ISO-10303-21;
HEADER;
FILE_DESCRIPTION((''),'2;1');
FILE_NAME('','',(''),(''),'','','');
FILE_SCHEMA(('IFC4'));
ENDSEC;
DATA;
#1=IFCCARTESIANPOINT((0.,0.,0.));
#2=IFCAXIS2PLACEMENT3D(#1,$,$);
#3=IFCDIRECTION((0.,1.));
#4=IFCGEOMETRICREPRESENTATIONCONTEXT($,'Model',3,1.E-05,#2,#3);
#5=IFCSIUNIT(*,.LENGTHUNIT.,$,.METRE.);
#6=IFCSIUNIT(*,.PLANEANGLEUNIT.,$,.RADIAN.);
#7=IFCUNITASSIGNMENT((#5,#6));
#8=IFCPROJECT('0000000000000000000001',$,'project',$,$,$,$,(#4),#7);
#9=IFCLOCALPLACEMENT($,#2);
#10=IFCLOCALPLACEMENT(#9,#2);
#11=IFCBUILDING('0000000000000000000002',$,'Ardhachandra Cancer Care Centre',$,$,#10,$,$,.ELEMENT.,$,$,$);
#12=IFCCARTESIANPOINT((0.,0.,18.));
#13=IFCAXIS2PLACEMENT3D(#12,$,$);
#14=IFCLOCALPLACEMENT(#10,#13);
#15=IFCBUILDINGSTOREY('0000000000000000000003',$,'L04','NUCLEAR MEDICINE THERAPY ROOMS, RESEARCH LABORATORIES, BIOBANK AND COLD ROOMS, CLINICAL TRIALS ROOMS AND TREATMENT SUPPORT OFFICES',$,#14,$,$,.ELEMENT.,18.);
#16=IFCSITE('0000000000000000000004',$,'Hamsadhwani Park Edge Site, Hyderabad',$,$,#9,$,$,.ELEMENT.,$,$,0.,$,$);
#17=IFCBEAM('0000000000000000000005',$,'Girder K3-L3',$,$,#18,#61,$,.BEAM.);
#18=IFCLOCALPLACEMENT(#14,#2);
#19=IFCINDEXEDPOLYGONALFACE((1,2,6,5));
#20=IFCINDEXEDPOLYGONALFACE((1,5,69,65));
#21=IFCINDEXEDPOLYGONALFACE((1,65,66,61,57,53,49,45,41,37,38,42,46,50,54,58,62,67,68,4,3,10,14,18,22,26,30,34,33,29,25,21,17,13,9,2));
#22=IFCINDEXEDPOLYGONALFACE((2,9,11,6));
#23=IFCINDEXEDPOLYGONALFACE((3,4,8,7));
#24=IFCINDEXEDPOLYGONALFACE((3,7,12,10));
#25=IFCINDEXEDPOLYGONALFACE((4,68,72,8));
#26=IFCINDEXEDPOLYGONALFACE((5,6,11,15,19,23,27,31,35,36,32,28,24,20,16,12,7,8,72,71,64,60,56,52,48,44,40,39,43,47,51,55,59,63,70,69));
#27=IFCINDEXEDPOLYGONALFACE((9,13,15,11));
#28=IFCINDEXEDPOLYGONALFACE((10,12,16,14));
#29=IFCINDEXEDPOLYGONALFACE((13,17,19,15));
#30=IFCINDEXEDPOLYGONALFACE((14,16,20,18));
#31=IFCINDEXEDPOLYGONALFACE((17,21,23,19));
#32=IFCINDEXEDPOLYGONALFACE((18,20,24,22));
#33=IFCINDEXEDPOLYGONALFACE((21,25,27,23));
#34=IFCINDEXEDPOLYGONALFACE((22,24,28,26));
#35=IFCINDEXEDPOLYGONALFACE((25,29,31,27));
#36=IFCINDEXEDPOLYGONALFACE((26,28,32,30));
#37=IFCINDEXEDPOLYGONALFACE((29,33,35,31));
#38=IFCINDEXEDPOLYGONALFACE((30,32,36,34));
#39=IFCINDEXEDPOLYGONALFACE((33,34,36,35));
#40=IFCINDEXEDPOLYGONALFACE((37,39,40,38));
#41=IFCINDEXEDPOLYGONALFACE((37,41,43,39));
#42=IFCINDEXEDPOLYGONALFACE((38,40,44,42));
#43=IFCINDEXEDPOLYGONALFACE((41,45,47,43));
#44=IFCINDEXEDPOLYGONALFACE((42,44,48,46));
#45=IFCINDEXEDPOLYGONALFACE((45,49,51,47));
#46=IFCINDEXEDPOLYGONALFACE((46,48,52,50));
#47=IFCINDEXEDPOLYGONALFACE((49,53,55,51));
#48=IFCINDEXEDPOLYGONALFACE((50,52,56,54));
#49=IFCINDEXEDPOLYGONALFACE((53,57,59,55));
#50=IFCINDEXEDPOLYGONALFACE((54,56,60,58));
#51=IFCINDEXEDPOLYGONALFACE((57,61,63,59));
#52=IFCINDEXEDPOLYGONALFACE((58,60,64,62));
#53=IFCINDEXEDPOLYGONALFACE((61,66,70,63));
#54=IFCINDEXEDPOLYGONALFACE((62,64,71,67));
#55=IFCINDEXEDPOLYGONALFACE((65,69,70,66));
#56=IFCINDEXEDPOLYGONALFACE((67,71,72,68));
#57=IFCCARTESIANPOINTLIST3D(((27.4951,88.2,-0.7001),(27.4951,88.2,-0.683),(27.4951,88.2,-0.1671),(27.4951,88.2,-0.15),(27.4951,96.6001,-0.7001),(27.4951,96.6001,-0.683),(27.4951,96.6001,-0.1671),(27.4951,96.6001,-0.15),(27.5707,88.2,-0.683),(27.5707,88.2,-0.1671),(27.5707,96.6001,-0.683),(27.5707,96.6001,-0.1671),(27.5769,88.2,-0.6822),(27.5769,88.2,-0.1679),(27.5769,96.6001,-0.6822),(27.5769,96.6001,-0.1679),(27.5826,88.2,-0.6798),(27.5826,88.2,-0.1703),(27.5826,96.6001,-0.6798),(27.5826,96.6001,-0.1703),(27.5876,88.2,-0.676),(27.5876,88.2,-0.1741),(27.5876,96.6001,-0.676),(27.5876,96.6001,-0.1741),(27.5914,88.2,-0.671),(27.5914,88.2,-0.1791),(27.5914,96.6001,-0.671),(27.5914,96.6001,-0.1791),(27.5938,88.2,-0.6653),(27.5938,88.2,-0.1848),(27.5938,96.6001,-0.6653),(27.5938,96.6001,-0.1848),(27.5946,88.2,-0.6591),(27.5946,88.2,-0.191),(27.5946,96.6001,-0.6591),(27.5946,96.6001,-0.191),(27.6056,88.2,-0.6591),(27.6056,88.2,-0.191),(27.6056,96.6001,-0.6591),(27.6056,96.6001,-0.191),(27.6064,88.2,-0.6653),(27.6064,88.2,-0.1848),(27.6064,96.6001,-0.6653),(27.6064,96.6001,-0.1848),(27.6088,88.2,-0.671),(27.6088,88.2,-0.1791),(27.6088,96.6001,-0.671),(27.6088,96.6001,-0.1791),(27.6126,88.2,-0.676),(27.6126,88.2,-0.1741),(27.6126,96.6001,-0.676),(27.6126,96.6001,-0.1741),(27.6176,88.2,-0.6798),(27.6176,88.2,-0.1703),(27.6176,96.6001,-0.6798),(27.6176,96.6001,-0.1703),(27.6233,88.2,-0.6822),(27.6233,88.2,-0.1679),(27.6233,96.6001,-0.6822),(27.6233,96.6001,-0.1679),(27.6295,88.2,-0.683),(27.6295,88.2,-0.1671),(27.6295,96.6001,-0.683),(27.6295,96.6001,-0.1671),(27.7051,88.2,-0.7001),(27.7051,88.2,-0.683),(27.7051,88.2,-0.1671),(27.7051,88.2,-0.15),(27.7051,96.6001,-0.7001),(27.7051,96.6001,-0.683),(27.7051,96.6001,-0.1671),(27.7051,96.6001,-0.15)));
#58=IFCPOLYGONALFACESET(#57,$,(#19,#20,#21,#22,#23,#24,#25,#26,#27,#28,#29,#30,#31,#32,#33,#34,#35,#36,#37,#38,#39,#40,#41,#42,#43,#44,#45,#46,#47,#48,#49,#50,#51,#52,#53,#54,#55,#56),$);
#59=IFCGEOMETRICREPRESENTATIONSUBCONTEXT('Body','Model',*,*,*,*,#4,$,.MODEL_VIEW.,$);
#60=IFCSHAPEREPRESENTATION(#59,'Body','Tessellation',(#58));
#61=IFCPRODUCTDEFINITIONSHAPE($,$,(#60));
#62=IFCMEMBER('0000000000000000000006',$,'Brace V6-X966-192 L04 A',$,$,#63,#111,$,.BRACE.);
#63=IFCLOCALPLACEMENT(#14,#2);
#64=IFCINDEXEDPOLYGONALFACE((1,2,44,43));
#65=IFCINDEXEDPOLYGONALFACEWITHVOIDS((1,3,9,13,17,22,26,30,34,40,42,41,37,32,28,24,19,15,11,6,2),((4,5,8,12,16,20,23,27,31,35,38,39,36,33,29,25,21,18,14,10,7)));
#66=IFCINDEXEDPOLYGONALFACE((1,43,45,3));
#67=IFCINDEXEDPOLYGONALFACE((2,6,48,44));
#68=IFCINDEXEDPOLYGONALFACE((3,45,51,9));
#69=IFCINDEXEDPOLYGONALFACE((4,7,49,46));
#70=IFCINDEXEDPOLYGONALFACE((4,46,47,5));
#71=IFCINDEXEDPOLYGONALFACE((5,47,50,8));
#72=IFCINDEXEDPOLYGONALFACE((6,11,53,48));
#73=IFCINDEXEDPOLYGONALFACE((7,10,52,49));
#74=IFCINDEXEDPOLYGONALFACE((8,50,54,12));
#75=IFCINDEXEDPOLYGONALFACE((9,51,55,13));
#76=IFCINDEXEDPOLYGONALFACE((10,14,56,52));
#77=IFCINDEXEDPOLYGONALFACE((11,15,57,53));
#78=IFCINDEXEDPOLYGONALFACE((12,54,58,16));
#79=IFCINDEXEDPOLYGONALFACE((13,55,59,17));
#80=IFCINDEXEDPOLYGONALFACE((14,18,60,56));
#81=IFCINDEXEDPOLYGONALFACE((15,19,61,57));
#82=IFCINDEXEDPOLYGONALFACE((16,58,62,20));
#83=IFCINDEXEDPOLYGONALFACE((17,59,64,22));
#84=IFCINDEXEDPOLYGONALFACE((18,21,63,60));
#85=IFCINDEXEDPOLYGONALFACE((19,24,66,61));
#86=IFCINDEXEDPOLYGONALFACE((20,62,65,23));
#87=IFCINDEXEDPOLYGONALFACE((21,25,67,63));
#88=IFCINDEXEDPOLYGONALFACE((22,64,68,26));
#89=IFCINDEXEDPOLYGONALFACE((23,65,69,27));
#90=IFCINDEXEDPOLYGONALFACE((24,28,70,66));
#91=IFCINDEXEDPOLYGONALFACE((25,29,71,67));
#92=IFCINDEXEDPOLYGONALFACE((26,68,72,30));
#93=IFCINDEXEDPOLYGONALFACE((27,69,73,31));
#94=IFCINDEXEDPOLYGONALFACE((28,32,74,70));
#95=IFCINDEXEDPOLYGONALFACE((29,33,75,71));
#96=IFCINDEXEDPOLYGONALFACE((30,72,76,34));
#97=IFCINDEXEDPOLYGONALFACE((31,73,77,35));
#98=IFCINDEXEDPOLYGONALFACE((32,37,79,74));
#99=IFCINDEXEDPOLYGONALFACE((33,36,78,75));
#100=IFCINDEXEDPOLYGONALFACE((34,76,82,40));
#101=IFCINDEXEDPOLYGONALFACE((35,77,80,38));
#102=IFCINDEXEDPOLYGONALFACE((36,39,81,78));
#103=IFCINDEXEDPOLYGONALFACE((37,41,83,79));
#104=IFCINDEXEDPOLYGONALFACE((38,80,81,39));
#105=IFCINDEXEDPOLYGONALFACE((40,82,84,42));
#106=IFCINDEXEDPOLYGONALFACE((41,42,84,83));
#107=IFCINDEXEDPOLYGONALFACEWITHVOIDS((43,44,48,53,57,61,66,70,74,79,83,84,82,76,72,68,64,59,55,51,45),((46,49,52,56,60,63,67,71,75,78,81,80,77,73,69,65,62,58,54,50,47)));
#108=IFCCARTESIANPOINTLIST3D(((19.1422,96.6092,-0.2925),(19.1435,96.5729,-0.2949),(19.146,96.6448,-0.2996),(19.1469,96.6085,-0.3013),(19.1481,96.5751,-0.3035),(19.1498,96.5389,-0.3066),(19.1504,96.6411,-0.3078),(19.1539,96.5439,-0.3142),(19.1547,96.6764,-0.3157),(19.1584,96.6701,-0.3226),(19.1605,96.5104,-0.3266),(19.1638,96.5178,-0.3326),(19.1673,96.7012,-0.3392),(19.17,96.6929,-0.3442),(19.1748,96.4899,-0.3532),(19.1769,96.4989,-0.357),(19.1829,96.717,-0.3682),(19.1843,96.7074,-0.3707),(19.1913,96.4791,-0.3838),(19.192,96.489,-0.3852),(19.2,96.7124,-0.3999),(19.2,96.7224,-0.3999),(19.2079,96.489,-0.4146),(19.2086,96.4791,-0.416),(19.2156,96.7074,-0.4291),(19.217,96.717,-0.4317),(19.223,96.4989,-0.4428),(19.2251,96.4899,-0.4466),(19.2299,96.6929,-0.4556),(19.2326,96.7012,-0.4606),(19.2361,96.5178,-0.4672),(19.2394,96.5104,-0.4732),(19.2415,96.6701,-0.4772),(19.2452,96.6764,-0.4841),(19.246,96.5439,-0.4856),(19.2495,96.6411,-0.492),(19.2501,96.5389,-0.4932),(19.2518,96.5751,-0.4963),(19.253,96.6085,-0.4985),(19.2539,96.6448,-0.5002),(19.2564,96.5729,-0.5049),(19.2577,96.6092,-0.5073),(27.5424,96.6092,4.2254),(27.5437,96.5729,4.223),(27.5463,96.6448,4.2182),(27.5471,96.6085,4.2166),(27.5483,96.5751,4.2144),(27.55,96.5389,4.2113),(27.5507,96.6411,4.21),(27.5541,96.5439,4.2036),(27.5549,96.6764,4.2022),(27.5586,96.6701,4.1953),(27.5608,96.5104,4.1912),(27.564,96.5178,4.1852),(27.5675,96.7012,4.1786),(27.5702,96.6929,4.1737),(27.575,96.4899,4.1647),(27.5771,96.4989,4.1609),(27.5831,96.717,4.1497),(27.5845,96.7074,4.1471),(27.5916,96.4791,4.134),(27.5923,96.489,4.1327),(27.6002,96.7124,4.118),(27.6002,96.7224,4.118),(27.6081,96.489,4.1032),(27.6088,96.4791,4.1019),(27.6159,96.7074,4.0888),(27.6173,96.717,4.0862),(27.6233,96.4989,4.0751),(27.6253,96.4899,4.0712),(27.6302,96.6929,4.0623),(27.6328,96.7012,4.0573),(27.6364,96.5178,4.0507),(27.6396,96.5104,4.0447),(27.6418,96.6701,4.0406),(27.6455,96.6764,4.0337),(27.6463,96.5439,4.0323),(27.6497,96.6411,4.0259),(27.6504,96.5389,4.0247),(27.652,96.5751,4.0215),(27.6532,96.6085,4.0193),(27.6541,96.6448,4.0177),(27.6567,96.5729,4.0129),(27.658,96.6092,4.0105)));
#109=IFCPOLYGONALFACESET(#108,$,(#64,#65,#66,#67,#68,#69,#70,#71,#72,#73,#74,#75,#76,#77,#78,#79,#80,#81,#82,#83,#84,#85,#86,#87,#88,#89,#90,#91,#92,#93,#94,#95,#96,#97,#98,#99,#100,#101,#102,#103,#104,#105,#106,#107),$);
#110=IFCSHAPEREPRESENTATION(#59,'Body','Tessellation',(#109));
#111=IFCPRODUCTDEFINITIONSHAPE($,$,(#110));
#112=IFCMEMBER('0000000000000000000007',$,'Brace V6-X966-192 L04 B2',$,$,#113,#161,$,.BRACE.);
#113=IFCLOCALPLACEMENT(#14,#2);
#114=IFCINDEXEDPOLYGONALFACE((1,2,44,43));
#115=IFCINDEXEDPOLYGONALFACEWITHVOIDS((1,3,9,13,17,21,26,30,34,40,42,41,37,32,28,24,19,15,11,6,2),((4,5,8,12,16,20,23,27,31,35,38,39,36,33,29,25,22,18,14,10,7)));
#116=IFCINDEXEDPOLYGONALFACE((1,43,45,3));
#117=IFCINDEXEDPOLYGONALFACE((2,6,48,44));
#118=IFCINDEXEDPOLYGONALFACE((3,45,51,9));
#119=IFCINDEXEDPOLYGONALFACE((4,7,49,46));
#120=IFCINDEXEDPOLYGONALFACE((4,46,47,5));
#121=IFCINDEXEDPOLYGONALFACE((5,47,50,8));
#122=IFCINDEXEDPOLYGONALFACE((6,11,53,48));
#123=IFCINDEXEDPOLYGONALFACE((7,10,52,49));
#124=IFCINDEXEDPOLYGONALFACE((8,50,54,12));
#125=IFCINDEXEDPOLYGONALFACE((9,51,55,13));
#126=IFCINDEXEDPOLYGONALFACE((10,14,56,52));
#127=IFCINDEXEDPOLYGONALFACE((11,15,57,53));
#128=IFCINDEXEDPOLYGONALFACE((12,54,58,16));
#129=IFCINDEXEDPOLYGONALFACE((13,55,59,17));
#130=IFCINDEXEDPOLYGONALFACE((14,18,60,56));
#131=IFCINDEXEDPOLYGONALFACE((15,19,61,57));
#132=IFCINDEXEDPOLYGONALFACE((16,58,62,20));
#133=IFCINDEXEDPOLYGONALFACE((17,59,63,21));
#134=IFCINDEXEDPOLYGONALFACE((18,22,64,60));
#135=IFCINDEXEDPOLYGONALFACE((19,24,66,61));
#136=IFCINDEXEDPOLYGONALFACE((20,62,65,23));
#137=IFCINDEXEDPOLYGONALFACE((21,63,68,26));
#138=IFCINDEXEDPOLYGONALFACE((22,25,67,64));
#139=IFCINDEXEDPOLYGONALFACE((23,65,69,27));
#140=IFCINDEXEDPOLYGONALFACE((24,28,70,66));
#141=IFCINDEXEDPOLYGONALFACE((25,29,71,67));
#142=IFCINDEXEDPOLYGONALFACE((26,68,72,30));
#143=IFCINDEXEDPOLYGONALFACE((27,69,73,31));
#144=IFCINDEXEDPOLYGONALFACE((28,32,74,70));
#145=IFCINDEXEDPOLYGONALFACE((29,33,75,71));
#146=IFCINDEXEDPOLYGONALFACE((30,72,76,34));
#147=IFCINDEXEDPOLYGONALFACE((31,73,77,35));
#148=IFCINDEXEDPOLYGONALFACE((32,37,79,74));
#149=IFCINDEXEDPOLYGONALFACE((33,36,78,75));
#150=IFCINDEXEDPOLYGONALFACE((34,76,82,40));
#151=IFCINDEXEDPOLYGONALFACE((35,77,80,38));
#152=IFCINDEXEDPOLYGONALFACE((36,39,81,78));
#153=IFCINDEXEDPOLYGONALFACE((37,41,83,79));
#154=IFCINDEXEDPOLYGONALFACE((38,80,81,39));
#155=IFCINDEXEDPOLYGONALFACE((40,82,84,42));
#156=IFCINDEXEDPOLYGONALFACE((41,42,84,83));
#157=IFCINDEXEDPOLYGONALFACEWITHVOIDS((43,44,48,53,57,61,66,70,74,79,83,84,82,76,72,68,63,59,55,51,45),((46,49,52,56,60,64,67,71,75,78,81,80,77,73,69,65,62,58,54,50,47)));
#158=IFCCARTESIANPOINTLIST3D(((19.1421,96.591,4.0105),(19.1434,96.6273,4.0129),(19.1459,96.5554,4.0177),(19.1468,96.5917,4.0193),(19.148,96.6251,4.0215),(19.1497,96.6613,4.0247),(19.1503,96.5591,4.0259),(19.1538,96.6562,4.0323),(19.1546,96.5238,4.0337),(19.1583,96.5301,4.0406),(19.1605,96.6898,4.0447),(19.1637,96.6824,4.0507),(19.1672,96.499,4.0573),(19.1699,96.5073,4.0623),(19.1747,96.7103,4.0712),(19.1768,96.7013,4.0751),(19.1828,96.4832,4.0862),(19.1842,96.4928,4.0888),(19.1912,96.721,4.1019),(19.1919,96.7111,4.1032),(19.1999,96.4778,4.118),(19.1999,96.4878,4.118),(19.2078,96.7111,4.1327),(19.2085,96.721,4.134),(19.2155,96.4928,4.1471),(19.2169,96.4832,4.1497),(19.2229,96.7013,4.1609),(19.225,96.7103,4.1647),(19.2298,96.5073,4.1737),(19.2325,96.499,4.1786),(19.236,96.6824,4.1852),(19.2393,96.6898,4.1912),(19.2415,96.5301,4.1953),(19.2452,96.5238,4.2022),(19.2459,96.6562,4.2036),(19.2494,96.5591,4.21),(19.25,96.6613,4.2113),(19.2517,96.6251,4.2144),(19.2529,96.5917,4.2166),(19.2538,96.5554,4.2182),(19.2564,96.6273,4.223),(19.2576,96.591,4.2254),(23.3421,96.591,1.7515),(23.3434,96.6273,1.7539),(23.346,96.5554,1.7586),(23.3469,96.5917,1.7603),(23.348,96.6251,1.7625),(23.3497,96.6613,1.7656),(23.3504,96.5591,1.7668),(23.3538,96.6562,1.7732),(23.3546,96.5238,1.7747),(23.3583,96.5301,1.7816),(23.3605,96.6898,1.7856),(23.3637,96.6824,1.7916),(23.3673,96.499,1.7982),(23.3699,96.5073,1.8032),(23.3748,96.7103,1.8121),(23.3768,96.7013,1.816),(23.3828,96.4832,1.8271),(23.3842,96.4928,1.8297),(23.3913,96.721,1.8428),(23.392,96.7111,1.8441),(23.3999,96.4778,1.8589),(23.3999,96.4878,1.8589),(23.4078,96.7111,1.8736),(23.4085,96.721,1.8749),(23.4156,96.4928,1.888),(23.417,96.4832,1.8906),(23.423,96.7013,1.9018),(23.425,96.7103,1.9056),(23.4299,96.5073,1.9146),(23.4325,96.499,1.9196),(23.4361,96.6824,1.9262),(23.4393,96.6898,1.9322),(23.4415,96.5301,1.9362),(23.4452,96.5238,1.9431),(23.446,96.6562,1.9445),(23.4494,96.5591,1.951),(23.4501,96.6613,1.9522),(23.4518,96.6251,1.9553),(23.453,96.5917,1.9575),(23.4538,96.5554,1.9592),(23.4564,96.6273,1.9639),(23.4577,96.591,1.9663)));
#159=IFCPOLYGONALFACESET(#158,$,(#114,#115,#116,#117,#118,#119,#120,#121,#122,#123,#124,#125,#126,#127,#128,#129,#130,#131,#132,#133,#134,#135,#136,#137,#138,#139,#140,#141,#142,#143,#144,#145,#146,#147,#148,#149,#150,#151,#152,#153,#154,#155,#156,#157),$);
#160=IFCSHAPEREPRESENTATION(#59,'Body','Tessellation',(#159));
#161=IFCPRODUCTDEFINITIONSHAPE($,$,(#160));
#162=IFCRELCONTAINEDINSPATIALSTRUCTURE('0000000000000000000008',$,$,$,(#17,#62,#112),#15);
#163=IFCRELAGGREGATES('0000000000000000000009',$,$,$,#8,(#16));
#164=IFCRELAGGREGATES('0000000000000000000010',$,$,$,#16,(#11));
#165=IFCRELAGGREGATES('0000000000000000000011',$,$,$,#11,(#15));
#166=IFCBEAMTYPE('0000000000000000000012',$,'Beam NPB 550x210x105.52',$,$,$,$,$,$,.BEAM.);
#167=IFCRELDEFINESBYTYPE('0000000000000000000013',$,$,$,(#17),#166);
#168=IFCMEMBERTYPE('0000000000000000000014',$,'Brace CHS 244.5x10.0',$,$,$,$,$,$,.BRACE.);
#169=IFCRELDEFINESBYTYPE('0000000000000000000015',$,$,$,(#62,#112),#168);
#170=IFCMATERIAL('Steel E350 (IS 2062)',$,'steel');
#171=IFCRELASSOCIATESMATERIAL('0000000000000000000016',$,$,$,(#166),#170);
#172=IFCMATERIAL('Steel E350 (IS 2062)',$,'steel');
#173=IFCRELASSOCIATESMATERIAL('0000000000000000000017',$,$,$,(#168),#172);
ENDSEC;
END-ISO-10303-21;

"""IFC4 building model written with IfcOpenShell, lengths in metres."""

from ifc_helpers import new_model, si_unit, direction, frame, origin, origin_2d, place, context, subcontext, project, spatial, hollow_circle, i_section, extrude, material, material_profile, profile_set, type_object, element, save


model = new_model("IFC4")

# Units and contexts
model_context = context("Model", 3, precision=1e-05, world=origin(), true_north=direction((0.0, 1.0)))
body_context = subcontext(model_context, "Body", "Model", "MODEL_VIEW")
ifc_project = project(units=[si_unit("LENGTHUNIT", "METRE"), si_unit("PLANEANGLEUNIT", "RADIAN")], contexts=[model_context])

# Site, building, storey
site_placement = place(None, origin())
site = spatial("IfcSite", under=ifc_project, at=site_placement, Name="Hamsadhwani Park Edge Site, Hyderabad", CompositionType="ELEMENT", RefElevation=0.0)
building_placement = place(site_placement, origin())
building = spatial("IfcBuilding", under=site, at=building_placement, Name="Ardhachandra Cancer Care Centre", CompositionType="ELEMENT")
storey_placement = place(building_placement, frame((0.0, 0.0, 18.0)))
storey = spatial("IfcBuildingStorey", under=building, at=storey_placement, Name="L04", Description="NUCLEAR MEDICINE THERAPY ROOMS, RESEARCH LABORATORIES, BIOBANK AND COLD ROOMS, CLINICAL TRIALS ROOMS AND TREATMENT SUPPORT OFFICES", CompositionType="ELEMENT", Elevation=18.0)

# Beam
ifc_material_1 = material(Name="Steel E350 (IS 2062)", Category="steel")
ifc_material_profile_1 = material_profile(ifc_material_1, i_section(OverallWidth=0.21, OverallDepth=0.55, WebThickness=0.011, FlangeThickness=0.0171, FilletRadius=0.0239, at=origin_2d()), Name="NPB 550x210x105.52")
ifc_profile_set_1 = profile_set([ifc_material_profile_1], Name="Steel E350 (IS 2062)")
beam_type_1 = type_object("IfcBeamType", Name="Beam NPB 550x210x105.52", PredefinedType="BEAM", material=ifc_profile_set_1)
beam_1_placement = place(storey_placement, frame((27.6001, 88.2, -0.425), z_axis=(0.0, 1.0, 0.0), x_axis=(-1.0, 0.0, 0.0)))
element("IfcBeam", 1, at=beam_1_placement, inside=storey, type_object=beam_type_1, Name="Girder K3-L3", PredefinedType="BEAM", context=body_context, shape_type="SweptSolid", body=[
    extrude(i_section(OverallWidth=0.21, OverallDepth=0.55, WebThickness=0.011, FlangeThickness=0.0171, FilletRadius=0.0239, at=origin_2d()), origin(), (0.0, 0.0, 1.0), 8.4001),
])

# Members
ifc_material_2 = material(Name="Steel E350 (IS 2062)", Category="steel")
ifc_material_profile_2 = material_profile(ifc_material_2, hollow_circle(Radius=0.1223, WallThickness=0.01, at=origin_2d()), Name="CHS 244.5x10.0")
ifc_profile_set_2 = profile_set([ifc_material_profile_2], Name="Steel E350 (IS 2062)")
member_type = type_object("IfcMemberType", Name="Brace CHS 244.5x10.0", PredefinedType="BRACE", material=ifc_profile_set_2)
member_1_placement = place(storey_placement, frame((19.2, 96.6001, -0.3999), z_axis=(0.880704, 0.0, 0.473666), x_axis=(0.0, 1.0, 0.0)))
element("IfcMember", 2, at=member_1_placement, inside=storey, type_object=member_type, Name="Brace V6-X966-192 L04 A", PredefinedType="BRACE", context=body_context, shape_type="SweptSolid", body=[
    extrude(hollow_circle(Radius=0.1223, WallThickness=0.01, at=origin_2d()), origin(), (0.0, 0.0, 1.0), 9.5381),
])
member_2_placement = place(storey_placement, frame((23.3999, 96.6001, 1.8589), z_axis=(-0.880688, 0.0, 0.473697), x_axis=(0.0, -1.0, 0.0)))
element("IfcMember", 3, at=member_2_placement, inside=storey, type_object=member_type, Name="Brace V6-X966-192 L04 B2", PredefinedType="BRACE", context=body_context, shape_type="SweptSolid", body=[
    extrude(hollow_circle(Radius=0.1223, WallThickness=0.01, at=origin_2d()), origin(), (0.0, 0.0, 1.0), 4.769),
])

save(model, "model.ifc")
